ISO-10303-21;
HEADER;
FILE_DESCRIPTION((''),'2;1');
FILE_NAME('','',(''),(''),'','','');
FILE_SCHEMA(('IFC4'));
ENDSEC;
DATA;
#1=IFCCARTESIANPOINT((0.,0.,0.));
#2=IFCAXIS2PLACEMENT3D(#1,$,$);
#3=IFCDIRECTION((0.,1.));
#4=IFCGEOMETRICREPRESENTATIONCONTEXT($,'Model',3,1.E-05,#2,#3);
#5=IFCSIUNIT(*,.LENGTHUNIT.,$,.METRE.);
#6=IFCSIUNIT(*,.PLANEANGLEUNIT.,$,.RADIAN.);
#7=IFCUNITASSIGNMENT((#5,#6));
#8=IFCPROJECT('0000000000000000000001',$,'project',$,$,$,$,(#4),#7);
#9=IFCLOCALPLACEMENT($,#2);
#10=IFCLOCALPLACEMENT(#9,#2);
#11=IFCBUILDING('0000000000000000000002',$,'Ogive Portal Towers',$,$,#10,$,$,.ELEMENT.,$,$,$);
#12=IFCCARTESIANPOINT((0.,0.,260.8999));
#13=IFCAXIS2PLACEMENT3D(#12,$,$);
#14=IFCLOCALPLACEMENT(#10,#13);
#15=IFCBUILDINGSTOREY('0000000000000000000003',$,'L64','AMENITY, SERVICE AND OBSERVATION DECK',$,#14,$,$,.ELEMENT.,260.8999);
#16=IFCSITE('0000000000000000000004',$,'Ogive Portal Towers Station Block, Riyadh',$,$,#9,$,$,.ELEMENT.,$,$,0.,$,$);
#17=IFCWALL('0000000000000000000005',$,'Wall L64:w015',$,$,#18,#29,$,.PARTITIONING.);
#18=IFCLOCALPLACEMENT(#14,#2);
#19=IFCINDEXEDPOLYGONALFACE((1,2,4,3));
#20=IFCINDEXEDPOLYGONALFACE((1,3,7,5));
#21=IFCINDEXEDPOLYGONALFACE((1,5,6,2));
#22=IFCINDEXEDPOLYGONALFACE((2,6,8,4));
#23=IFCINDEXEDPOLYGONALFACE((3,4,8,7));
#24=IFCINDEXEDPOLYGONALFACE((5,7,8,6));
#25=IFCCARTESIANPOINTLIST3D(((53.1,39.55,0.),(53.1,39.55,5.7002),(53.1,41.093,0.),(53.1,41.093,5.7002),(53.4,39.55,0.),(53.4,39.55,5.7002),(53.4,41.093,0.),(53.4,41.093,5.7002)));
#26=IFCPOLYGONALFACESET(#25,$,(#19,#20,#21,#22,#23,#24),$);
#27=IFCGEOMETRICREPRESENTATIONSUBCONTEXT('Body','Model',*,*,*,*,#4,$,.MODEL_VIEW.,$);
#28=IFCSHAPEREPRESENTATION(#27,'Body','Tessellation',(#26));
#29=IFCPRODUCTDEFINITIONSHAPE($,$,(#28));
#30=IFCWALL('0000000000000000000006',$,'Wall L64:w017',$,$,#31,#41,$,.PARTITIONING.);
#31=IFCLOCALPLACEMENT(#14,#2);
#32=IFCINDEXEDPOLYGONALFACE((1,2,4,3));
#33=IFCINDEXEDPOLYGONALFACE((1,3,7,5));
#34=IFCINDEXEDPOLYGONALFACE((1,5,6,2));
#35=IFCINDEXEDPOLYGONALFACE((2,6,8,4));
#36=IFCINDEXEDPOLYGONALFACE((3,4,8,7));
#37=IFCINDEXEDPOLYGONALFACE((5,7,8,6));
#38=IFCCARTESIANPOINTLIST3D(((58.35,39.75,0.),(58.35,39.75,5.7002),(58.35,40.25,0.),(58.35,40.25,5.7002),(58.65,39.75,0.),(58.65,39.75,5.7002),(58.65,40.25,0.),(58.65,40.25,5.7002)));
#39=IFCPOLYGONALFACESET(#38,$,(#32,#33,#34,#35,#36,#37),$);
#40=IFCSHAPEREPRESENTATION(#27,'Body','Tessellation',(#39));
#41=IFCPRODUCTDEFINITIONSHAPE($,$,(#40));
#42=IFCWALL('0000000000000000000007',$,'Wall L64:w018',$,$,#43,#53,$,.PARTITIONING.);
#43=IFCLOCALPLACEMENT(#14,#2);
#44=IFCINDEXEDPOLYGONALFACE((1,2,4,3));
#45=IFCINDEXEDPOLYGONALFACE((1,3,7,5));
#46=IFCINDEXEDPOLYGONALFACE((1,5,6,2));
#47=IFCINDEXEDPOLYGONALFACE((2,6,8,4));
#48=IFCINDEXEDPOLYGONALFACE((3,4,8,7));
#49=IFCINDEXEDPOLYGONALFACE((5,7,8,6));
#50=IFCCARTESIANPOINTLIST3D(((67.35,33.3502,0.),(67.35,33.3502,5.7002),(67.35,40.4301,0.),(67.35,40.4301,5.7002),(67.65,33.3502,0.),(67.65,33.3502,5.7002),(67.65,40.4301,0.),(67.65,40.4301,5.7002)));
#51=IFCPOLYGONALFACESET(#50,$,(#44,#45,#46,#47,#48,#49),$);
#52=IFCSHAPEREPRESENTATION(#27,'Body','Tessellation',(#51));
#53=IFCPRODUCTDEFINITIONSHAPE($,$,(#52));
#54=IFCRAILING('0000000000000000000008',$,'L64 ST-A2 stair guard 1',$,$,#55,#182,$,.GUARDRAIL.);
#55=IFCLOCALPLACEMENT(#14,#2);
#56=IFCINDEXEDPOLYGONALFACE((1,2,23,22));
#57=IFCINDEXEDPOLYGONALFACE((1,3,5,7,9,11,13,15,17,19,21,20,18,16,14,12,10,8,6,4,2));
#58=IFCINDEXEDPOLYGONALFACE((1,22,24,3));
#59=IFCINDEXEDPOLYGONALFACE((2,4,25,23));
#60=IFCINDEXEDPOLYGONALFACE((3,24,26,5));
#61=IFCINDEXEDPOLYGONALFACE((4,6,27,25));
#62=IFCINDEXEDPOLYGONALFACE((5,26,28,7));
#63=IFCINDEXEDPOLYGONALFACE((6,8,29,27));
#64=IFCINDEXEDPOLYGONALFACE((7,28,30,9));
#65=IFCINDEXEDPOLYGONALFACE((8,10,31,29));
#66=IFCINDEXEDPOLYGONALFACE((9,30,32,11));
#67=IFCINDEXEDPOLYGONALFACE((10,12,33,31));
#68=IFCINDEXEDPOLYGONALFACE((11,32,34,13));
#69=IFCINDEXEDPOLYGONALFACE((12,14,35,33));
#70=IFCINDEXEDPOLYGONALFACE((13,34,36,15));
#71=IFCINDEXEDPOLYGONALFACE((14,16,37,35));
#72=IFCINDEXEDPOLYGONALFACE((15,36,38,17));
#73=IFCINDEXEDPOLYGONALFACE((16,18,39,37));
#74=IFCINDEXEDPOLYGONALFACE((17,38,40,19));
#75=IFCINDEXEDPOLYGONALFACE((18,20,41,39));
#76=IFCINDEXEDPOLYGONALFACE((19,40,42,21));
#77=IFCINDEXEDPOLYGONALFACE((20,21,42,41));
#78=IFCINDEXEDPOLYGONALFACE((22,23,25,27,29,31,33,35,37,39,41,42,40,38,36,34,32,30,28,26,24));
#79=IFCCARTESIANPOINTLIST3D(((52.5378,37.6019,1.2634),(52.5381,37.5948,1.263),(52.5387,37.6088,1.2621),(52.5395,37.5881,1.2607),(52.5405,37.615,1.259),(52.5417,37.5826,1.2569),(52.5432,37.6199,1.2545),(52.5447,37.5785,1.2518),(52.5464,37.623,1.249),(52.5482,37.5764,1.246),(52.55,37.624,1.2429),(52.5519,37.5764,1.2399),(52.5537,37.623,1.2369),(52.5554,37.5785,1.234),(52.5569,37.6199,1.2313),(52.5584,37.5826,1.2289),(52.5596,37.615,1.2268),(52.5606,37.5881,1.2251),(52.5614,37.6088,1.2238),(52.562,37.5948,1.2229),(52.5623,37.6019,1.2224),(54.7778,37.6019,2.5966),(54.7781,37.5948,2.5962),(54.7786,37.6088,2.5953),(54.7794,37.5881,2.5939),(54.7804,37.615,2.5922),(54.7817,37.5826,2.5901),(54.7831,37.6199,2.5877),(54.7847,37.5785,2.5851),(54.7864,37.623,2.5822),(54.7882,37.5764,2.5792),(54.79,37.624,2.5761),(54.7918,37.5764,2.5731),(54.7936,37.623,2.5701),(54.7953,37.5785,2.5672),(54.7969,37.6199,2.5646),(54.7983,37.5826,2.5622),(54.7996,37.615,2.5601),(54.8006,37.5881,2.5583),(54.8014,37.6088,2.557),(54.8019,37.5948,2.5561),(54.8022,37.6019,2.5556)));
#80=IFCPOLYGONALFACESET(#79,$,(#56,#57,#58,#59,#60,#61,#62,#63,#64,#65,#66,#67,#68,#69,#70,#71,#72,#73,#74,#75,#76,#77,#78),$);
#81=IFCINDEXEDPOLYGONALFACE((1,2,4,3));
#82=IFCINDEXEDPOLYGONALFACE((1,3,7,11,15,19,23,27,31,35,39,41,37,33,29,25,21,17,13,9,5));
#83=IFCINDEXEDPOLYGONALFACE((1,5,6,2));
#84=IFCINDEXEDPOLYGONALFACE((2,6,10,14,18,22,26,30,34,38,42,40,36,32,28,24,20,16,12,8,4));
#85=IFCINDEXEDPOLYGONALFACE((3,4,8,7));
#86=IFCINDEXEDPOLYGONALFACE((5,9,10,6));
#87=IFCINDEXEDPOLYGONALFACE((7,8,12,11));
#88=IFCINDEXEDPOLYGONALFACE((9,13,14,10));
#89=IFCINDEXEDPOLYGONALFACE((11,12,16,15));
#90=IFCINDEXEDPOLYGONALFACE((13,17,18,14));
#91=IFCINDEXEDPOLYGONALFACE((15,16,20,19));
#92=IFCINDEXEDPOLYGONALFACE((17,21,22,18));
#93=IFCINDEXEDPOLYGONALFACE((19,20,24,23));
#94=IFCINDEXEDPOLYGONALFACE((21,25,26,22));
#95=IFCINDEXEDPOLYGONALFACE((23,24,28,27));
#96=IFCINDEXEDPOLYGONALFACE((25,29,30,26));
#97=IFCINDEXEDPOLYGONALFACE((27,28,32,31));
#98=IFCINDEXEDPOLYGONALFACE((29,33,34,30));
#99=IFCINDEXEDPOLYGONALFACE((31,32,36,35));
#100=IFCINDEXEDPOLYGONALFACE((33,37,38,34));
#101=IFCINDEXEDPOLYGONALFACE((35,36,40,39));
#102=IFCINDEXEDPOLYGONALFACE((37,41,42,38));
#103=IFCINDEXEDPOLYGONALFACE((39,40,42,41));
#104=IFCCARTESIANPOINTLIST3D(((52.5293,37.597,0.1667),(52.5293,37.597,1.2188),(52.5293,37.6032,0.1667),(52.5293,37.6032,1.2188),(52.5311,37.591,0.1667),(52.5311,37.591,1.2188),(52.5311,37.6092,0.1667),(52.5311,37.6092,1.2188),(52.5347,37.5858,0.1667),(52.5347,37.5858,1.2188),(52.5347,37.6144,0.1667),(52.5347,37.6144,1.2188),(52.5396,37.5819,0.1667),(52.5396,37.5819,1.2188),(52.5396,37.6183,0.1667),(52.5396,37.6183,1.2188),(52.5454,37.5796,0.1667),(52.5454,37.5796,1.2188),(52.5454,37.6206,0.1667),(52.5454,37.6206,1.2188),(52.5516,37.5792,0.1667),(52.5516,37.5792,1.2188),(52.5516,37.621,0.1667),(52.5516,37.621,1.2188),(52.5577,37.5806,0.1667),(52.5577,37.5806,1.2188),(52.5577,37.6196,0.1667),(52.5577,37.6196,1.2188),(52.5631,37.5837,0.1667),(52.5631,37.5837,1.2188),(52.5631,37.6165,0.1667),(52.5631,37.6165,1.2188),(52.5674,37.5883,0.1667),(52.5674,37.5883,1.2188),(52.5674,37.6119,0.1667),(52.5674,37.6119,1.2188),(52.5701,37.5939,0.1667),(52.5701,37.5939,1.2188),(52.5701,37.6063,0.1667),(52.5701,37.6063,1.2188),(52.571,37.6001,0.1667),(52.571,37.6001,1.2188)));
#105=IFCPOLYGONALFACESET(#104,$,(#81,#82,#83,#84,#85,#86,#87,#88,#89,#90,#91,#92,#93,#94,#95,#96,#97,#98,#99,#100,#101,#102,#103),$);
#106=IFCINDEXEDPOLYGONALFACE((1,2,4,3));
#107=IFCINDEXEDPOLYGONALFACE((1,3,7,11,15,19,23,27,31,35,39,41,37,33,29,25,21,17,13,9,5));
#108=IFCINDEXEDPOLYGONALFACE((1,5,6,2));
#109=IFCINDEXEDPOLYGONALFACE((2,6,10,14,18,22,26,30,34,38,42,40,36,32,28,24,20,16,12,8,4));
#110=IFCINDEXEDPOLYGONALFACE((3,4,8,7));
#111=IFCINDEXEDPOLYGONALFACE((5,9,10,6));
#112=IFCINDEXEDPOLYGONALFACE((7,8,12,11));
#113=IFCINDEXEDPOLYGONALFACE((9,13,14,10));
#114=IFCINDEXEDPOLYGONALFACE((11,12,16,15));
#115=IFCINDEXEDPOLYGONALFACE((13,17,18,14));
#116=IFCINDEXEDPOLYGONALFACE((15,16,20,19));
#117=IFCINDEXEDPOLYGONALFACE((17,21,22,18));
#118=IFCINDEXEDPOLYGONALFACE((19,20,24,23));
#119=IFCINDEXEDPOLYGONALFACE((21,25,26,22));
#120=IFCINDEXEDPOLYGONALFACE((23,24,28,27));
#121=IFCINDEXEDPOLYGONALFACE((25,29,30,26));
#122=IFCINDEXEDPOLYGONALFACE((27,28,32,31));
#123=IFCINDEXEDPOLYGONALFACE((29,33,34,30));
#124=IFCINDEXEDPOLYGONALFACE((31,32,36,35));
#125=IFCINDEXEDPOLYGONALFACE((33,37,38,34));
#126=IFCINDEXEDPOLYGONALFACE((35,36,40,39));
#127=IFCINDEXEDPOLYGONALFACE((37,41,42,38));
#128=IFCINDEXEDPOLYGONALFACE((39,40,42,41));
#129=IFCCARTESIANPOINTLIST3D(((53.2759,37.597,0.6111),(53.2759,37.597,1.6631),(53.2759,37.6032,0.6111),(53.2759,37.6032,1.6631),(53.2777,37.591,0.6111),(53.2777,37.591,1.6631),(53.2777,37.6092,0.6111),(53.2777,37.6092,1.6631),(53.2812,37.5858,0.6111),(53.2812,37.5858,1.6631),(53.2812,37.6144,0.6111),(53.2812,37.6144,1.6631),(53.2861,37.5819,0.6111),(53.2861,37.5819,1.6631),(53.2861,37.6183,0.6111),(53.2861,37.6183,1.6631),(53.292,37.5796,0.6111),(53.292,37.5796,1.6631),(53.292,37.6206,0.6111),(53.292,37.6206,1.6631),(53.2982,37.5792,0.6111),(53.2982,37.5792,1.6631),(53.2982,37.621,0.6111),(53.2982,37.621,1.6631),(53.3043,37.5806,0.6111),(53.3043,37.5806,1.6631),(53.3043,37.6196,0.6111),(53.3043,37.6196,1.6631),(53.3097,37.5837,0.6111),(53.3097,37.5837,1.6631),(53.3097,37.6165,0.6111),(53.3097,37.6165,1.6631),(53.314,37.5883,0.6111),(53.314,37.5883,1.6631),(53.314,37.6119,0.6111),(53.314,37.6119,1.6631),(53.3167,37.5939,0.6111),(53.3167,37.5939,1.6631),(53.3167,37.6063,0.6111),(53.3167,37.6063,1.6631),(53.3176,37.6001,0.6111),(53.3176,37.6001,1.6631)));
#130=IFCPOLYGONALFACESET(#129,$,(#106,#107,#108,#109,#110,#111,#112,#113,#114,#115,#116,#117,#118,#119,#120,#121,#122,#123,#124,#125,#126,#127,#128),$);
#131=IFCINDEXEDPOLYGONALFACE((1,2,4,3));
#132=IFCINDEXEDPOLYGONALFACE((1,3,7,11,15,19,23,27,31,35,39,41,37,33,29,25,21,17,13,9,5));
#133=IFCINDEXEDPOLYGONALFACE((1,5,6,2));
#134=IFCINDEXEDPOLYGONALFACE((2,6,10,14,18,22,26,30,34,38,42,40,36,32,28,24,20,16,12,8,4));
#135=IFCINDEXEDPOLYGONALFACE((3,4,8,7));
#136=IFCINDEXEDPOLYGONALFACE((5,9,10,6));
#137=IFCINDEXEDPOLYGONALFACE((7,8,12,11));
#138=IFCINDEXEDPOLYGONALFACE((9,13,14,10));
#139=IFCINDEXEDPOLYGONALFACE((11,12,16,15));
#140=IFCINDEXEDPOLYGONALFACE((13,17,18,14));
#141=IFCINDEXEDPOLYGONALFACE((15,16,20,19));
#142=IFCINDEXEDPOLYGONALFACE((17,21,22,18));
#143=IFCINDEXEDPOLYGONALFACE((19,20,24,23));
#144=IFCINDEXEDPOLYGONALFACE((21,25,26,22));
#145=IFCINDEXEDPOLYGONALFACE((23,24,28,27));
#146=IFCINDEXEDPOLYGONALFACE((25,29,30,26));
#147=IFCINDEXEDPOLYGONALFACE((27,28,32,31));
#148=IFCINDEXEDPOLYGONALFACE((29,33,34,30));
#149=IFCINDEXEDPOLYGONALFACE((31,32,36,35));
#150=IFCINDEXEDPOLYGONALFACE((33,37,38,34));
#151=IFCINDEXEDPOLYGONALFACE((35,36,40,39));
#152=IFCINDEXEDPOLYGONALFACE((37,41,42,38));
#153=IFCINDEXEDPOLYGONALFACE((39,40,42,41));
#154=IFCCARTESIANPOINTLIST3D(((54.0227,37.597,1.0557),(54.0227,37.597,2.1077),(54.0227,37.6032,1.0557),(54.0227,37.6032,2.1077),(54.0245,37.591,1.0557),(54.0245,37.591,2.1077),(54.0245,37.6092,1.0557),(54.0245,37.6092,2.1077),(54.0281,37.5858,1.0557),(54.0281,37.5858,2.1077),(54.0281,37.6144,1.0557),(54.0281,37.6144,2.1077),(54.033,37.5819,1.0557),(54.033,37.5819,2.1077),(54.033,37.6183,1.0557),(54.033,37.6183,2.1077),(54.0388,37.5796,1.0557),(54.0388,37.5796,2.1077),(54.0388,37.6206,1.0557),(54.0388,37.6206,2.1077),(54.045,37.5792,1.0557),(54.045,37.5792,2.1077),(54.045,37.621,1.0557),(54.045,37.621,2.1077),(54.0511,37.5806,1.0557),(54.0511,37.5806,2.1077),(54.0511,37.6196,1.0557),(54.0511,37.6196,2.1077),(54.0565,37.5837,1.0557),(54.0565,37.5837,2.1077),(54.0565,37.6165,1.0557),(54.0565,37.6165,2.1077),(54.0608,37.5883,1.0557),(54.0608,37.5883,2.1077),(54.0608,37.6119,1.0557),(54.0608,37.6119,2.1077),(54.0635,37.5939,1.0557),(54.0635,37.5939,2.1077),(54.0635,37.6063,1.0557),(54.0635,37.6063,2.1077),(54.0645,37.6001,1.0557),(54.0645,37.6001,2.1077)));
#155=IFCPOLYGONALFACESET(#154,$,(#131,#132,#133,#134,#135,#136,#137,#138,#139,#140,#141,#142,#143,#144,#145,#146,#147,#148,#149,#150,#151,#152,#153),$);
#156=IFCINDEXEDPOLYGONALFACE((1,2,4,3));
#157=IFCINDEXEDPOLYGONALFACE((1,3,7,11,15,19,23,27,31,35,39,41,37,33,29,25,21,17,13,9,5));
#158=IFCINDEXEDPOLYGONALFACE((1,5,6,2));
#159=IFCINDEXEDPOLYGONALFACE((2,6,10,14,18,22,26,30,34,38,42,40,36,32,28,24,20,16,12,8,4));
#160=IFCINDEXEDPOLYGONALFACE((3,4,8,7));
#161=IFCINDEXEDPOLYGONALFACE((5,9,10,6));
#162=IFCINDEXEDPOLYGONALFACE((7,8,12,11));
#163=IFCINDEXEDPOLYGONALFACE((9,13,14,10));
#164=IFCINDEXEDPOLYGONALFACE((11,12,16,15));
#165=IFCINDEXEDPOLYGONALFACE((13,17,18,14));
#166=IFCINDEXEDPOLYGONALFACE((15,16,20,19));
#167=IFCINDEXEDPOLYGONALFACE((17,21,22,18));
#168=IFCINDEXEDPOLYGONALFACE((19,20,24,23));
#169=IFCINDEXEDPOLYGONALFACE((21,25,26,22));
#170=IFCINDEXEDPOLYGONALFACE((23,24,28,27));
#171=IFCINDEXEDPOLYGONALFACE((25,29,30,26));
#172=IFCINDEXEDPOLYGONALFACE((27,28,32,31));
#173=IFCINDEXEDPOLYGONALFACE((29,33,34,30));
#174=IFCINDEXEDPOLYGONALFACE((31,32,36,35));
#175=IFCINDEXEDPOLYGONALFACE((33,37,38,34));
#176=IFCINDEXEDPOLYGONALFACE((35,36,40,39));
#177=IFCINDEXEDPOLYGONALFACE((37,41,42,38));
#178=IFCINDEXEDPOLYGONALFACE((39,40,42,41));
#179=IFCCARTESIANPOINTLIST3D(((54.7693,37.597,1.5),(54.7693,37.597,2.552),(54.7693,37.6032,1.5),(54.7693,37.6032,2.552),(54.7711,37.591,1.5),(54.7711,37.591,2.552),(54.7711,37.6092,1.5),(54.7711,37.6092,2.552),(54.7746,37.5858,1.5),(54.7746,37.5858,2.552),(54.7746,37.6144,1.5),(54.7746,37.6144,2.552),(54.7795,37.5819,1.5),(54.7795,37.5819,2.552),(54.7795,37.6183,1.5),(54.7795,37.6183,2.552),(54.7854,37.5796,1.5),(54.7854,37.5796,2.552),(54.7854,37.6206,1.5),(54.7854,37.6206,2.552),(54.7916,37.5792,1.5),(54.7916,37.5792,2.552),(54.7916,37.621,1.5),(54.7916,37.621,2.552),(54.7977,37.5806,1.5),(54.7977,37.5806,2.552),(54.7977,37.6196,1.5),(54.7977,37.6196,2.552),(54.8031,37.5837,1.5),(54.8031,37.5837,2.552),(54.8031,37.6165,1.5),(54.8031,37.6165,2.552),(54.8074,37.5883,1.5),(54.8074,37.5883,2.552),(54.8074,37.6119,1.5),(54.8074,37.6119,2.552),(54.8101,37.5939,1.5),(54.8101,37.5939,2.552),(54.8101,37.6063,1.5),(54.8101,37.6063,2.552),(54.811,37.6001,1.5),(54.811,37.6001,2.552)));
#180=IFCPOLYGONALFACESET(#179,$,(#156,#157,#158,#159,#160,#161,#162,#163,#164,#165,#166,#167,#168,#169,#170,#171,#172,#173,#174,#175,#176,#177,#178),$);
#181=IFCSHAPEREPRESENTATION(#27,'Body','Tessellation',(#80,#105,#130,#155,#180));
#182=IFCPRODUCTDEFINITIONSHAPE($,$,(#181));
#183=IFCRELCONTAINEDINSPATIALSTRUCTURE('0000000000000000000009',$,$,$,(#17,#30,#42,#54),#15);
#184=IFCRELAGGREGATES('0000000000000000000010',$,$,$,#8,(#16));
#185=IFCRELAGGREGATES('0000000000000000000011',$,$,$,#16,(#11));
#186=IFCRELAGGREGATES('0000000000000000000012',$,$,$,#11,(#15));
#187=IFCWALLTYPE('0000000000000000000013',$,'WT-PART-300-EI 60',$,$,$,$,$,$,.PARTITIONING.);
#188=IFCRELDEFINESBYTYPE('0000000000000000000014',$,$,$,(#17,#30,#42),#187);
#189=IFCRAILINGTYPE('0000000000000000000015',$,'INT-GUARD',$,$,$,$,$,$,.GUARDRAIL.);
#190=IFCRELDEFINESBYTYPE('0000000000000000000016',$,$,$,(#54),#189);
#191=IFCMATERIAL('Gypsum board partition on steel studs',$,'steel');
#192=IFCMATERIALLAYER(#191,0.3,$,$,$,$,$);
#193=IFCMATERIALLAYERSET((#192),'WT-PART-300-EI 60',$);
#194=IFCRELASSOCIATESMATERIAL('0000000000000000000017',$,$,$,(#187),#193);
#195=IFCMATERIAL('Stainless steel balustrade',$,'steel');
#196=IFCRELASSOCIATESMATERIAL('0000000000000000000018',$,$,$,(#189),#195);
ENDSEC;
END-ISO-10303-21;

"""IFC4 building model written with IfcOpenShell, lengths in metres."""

from ifc_helpers import new_model, si_unit, direction, frame, frame_2d, origin, origin_2d, place, context, subcontext, project, spatial, rectangle, circle, extrude, material, layer, layer_set, type_object, element, save


model = new_model("IFC4")

# Units and contexts
model_context = context("Model", 3, precision=1e-05, world=origin(), true_north=direction((0.0, 1.0)))
body_context = subcontext(model_context, "Body", "Model", "MODEL_VIEW")
ifc_project = project(units=[si_unit("LENGTHUNIT", "METRE"), si_unit("PLANEANGLEUNIT", "RADIAN")], contexts=[model_context])

# Site, building, storey
site_placement = place(None, origin())
site = spatial("IfcSite", under=ifc_project, at=site_placement, Name="Ogive Portal Towers Station Block, Riyadh", CompositionType="ELEMENT", RefElevation=0.0)
building_placement = place(site_placement, origin())
building = spatial("IfcBuilding", under=site, at=building_placement, Name="Ogive Portal Towers", CompositionType="ELEMENT")
storey_placement = place(building_placement, frame((0.0, 0.0, 260.8999)))
storey = spatial("IfcBuildingStorey", under=building, at=storey_placement, Name="L64", Description="AMENITY, SERVICE AND OBSERVATION DECK", CompositionType="ELEMENT", Elevation=260.8999)

# Shared definitions
ifc_material_1 = material(Name="Gypsum board partition on steel studs", Category="steel")

# Walls
ifc_layer_1 = layer(ifc_material_1, 0.3)
ifc_layer_set_1 = layer_set([ifc_layer_1], Name="WT-PART-300-EI 60")
wall_type_1 = type_object("IfcWallType", Name="WT-PART-300-EI 60", PredefinedType="PARTITIONING", material=ifc_layer_set_1)
wall_1_placement = place(storey_placement, frame((53.25, 39.55, 0.0), z_axis=(0.0, 0.0, 1.0), x_axis=(0.0, 1.0, 0.0)))
element("IfcWall", 1, at=wall_1_placement, inside=storey, type_object=wall_type_1, Name="Wall L64:w015", PredefinedType="PARTITIONING", context=body_context, shape_type="SweptSolid", body=[
    extrude(rectangle(XDim=1.543, YDim=0.3, at=frame_2d((0.7715, 0.0))), origin(), (0.0, 0.0, 1.0), 5.7002),
])
wall_2_placement = place(storey_placement, frame((58.5, 39.75, 0.0), z_axis=(0.0, 0.0, 1.0), x_axis=(0.0, 1.0, 0.0)))
element("IfcWall", 2, at=wall_2_placement, inside=storey, type_object=wall_type_1, Name="Wall L64:w017", PredefinedType="PARTITIONING", context=body_context, shape_type="SweptSolid", body=[
    extrude(rectangle(XDim=0.5, YDim=0.3, at=frame_2d((0.25, 0.0))), origin(), (0.0, 0.0, 1.0), 5.7002),
])
wall_3_placement = place(storey_placement, frame((67.5, 33.3501, 0.0), z_axis=(0.0, 0.0, 1.0), x_axis=(0.0, 1.0, 0.0)))
element("IfcWall", 3, at=wall_3_placement, inside=storey, type_object=wall_type_1, Name="Wall L64:w018", PredefinedType="PARTITIONING", context=body_context, shape_type="SweptSolid", body=[
    extrude(rectangle(XDim=7.0798, YDim=0.3, at=frame_2d((3.54, 0.0))), origin(), (0.0, 0.0, 1.0), 5.7002),
])

# Railing
ifc_material_2 = material(Name="Stainless steel balustrade", Category="steel")
railing_type_1 = type_object("IfcRailingType", Name="INT-GUARD", PredefinedType="GUARDRAIL", material=ifc_material_2)
railing_1_placement = place(storey_placement, frame((52.55, 37.6001, 0.1667)))
element("IfcRailing", 4, at=railing_1_placement, inside=storey, type_object=railing_type_1, Name="L64 ST-A2 stair guard 1", PredefinedType="GUARDRAIL", context=body_context, shape_type="SweptSolid", body=[
    extrude(circle(Radius=0.0239, at=origin_2d()), frame((0.0, 0.0, 1.0762), z_axis=(0.859306, 0.0, 0.511462), x_axis=(0.0, 1.0, 0.0)), (0.0, 0.0, 1.0), 2.6067),
    extrude(circle(Radius=0.021, at=origin_2d()), origin(), (0.0, 0.0, 1.0), 1.052),
    extrude(circle(Radius=0.021, at=origin_2d()), frame((0.7466, 0.0, 0.4443)), (0.0, 0.0, 1.0), 1.052),
    extrude(circle(Radius=0.021, at=origin_2d()), frame((1.4934, 0.0, 0.8889)), (0.0, 0.0, 1.0), 1.052),
    extrude(circle(Radius=0.021, at=origin_2d()), frame((2.24, 0.0, 1.3333)), (0.0, 0.0, 1.0), 1.052),
])

save(model, "model.ifc")
